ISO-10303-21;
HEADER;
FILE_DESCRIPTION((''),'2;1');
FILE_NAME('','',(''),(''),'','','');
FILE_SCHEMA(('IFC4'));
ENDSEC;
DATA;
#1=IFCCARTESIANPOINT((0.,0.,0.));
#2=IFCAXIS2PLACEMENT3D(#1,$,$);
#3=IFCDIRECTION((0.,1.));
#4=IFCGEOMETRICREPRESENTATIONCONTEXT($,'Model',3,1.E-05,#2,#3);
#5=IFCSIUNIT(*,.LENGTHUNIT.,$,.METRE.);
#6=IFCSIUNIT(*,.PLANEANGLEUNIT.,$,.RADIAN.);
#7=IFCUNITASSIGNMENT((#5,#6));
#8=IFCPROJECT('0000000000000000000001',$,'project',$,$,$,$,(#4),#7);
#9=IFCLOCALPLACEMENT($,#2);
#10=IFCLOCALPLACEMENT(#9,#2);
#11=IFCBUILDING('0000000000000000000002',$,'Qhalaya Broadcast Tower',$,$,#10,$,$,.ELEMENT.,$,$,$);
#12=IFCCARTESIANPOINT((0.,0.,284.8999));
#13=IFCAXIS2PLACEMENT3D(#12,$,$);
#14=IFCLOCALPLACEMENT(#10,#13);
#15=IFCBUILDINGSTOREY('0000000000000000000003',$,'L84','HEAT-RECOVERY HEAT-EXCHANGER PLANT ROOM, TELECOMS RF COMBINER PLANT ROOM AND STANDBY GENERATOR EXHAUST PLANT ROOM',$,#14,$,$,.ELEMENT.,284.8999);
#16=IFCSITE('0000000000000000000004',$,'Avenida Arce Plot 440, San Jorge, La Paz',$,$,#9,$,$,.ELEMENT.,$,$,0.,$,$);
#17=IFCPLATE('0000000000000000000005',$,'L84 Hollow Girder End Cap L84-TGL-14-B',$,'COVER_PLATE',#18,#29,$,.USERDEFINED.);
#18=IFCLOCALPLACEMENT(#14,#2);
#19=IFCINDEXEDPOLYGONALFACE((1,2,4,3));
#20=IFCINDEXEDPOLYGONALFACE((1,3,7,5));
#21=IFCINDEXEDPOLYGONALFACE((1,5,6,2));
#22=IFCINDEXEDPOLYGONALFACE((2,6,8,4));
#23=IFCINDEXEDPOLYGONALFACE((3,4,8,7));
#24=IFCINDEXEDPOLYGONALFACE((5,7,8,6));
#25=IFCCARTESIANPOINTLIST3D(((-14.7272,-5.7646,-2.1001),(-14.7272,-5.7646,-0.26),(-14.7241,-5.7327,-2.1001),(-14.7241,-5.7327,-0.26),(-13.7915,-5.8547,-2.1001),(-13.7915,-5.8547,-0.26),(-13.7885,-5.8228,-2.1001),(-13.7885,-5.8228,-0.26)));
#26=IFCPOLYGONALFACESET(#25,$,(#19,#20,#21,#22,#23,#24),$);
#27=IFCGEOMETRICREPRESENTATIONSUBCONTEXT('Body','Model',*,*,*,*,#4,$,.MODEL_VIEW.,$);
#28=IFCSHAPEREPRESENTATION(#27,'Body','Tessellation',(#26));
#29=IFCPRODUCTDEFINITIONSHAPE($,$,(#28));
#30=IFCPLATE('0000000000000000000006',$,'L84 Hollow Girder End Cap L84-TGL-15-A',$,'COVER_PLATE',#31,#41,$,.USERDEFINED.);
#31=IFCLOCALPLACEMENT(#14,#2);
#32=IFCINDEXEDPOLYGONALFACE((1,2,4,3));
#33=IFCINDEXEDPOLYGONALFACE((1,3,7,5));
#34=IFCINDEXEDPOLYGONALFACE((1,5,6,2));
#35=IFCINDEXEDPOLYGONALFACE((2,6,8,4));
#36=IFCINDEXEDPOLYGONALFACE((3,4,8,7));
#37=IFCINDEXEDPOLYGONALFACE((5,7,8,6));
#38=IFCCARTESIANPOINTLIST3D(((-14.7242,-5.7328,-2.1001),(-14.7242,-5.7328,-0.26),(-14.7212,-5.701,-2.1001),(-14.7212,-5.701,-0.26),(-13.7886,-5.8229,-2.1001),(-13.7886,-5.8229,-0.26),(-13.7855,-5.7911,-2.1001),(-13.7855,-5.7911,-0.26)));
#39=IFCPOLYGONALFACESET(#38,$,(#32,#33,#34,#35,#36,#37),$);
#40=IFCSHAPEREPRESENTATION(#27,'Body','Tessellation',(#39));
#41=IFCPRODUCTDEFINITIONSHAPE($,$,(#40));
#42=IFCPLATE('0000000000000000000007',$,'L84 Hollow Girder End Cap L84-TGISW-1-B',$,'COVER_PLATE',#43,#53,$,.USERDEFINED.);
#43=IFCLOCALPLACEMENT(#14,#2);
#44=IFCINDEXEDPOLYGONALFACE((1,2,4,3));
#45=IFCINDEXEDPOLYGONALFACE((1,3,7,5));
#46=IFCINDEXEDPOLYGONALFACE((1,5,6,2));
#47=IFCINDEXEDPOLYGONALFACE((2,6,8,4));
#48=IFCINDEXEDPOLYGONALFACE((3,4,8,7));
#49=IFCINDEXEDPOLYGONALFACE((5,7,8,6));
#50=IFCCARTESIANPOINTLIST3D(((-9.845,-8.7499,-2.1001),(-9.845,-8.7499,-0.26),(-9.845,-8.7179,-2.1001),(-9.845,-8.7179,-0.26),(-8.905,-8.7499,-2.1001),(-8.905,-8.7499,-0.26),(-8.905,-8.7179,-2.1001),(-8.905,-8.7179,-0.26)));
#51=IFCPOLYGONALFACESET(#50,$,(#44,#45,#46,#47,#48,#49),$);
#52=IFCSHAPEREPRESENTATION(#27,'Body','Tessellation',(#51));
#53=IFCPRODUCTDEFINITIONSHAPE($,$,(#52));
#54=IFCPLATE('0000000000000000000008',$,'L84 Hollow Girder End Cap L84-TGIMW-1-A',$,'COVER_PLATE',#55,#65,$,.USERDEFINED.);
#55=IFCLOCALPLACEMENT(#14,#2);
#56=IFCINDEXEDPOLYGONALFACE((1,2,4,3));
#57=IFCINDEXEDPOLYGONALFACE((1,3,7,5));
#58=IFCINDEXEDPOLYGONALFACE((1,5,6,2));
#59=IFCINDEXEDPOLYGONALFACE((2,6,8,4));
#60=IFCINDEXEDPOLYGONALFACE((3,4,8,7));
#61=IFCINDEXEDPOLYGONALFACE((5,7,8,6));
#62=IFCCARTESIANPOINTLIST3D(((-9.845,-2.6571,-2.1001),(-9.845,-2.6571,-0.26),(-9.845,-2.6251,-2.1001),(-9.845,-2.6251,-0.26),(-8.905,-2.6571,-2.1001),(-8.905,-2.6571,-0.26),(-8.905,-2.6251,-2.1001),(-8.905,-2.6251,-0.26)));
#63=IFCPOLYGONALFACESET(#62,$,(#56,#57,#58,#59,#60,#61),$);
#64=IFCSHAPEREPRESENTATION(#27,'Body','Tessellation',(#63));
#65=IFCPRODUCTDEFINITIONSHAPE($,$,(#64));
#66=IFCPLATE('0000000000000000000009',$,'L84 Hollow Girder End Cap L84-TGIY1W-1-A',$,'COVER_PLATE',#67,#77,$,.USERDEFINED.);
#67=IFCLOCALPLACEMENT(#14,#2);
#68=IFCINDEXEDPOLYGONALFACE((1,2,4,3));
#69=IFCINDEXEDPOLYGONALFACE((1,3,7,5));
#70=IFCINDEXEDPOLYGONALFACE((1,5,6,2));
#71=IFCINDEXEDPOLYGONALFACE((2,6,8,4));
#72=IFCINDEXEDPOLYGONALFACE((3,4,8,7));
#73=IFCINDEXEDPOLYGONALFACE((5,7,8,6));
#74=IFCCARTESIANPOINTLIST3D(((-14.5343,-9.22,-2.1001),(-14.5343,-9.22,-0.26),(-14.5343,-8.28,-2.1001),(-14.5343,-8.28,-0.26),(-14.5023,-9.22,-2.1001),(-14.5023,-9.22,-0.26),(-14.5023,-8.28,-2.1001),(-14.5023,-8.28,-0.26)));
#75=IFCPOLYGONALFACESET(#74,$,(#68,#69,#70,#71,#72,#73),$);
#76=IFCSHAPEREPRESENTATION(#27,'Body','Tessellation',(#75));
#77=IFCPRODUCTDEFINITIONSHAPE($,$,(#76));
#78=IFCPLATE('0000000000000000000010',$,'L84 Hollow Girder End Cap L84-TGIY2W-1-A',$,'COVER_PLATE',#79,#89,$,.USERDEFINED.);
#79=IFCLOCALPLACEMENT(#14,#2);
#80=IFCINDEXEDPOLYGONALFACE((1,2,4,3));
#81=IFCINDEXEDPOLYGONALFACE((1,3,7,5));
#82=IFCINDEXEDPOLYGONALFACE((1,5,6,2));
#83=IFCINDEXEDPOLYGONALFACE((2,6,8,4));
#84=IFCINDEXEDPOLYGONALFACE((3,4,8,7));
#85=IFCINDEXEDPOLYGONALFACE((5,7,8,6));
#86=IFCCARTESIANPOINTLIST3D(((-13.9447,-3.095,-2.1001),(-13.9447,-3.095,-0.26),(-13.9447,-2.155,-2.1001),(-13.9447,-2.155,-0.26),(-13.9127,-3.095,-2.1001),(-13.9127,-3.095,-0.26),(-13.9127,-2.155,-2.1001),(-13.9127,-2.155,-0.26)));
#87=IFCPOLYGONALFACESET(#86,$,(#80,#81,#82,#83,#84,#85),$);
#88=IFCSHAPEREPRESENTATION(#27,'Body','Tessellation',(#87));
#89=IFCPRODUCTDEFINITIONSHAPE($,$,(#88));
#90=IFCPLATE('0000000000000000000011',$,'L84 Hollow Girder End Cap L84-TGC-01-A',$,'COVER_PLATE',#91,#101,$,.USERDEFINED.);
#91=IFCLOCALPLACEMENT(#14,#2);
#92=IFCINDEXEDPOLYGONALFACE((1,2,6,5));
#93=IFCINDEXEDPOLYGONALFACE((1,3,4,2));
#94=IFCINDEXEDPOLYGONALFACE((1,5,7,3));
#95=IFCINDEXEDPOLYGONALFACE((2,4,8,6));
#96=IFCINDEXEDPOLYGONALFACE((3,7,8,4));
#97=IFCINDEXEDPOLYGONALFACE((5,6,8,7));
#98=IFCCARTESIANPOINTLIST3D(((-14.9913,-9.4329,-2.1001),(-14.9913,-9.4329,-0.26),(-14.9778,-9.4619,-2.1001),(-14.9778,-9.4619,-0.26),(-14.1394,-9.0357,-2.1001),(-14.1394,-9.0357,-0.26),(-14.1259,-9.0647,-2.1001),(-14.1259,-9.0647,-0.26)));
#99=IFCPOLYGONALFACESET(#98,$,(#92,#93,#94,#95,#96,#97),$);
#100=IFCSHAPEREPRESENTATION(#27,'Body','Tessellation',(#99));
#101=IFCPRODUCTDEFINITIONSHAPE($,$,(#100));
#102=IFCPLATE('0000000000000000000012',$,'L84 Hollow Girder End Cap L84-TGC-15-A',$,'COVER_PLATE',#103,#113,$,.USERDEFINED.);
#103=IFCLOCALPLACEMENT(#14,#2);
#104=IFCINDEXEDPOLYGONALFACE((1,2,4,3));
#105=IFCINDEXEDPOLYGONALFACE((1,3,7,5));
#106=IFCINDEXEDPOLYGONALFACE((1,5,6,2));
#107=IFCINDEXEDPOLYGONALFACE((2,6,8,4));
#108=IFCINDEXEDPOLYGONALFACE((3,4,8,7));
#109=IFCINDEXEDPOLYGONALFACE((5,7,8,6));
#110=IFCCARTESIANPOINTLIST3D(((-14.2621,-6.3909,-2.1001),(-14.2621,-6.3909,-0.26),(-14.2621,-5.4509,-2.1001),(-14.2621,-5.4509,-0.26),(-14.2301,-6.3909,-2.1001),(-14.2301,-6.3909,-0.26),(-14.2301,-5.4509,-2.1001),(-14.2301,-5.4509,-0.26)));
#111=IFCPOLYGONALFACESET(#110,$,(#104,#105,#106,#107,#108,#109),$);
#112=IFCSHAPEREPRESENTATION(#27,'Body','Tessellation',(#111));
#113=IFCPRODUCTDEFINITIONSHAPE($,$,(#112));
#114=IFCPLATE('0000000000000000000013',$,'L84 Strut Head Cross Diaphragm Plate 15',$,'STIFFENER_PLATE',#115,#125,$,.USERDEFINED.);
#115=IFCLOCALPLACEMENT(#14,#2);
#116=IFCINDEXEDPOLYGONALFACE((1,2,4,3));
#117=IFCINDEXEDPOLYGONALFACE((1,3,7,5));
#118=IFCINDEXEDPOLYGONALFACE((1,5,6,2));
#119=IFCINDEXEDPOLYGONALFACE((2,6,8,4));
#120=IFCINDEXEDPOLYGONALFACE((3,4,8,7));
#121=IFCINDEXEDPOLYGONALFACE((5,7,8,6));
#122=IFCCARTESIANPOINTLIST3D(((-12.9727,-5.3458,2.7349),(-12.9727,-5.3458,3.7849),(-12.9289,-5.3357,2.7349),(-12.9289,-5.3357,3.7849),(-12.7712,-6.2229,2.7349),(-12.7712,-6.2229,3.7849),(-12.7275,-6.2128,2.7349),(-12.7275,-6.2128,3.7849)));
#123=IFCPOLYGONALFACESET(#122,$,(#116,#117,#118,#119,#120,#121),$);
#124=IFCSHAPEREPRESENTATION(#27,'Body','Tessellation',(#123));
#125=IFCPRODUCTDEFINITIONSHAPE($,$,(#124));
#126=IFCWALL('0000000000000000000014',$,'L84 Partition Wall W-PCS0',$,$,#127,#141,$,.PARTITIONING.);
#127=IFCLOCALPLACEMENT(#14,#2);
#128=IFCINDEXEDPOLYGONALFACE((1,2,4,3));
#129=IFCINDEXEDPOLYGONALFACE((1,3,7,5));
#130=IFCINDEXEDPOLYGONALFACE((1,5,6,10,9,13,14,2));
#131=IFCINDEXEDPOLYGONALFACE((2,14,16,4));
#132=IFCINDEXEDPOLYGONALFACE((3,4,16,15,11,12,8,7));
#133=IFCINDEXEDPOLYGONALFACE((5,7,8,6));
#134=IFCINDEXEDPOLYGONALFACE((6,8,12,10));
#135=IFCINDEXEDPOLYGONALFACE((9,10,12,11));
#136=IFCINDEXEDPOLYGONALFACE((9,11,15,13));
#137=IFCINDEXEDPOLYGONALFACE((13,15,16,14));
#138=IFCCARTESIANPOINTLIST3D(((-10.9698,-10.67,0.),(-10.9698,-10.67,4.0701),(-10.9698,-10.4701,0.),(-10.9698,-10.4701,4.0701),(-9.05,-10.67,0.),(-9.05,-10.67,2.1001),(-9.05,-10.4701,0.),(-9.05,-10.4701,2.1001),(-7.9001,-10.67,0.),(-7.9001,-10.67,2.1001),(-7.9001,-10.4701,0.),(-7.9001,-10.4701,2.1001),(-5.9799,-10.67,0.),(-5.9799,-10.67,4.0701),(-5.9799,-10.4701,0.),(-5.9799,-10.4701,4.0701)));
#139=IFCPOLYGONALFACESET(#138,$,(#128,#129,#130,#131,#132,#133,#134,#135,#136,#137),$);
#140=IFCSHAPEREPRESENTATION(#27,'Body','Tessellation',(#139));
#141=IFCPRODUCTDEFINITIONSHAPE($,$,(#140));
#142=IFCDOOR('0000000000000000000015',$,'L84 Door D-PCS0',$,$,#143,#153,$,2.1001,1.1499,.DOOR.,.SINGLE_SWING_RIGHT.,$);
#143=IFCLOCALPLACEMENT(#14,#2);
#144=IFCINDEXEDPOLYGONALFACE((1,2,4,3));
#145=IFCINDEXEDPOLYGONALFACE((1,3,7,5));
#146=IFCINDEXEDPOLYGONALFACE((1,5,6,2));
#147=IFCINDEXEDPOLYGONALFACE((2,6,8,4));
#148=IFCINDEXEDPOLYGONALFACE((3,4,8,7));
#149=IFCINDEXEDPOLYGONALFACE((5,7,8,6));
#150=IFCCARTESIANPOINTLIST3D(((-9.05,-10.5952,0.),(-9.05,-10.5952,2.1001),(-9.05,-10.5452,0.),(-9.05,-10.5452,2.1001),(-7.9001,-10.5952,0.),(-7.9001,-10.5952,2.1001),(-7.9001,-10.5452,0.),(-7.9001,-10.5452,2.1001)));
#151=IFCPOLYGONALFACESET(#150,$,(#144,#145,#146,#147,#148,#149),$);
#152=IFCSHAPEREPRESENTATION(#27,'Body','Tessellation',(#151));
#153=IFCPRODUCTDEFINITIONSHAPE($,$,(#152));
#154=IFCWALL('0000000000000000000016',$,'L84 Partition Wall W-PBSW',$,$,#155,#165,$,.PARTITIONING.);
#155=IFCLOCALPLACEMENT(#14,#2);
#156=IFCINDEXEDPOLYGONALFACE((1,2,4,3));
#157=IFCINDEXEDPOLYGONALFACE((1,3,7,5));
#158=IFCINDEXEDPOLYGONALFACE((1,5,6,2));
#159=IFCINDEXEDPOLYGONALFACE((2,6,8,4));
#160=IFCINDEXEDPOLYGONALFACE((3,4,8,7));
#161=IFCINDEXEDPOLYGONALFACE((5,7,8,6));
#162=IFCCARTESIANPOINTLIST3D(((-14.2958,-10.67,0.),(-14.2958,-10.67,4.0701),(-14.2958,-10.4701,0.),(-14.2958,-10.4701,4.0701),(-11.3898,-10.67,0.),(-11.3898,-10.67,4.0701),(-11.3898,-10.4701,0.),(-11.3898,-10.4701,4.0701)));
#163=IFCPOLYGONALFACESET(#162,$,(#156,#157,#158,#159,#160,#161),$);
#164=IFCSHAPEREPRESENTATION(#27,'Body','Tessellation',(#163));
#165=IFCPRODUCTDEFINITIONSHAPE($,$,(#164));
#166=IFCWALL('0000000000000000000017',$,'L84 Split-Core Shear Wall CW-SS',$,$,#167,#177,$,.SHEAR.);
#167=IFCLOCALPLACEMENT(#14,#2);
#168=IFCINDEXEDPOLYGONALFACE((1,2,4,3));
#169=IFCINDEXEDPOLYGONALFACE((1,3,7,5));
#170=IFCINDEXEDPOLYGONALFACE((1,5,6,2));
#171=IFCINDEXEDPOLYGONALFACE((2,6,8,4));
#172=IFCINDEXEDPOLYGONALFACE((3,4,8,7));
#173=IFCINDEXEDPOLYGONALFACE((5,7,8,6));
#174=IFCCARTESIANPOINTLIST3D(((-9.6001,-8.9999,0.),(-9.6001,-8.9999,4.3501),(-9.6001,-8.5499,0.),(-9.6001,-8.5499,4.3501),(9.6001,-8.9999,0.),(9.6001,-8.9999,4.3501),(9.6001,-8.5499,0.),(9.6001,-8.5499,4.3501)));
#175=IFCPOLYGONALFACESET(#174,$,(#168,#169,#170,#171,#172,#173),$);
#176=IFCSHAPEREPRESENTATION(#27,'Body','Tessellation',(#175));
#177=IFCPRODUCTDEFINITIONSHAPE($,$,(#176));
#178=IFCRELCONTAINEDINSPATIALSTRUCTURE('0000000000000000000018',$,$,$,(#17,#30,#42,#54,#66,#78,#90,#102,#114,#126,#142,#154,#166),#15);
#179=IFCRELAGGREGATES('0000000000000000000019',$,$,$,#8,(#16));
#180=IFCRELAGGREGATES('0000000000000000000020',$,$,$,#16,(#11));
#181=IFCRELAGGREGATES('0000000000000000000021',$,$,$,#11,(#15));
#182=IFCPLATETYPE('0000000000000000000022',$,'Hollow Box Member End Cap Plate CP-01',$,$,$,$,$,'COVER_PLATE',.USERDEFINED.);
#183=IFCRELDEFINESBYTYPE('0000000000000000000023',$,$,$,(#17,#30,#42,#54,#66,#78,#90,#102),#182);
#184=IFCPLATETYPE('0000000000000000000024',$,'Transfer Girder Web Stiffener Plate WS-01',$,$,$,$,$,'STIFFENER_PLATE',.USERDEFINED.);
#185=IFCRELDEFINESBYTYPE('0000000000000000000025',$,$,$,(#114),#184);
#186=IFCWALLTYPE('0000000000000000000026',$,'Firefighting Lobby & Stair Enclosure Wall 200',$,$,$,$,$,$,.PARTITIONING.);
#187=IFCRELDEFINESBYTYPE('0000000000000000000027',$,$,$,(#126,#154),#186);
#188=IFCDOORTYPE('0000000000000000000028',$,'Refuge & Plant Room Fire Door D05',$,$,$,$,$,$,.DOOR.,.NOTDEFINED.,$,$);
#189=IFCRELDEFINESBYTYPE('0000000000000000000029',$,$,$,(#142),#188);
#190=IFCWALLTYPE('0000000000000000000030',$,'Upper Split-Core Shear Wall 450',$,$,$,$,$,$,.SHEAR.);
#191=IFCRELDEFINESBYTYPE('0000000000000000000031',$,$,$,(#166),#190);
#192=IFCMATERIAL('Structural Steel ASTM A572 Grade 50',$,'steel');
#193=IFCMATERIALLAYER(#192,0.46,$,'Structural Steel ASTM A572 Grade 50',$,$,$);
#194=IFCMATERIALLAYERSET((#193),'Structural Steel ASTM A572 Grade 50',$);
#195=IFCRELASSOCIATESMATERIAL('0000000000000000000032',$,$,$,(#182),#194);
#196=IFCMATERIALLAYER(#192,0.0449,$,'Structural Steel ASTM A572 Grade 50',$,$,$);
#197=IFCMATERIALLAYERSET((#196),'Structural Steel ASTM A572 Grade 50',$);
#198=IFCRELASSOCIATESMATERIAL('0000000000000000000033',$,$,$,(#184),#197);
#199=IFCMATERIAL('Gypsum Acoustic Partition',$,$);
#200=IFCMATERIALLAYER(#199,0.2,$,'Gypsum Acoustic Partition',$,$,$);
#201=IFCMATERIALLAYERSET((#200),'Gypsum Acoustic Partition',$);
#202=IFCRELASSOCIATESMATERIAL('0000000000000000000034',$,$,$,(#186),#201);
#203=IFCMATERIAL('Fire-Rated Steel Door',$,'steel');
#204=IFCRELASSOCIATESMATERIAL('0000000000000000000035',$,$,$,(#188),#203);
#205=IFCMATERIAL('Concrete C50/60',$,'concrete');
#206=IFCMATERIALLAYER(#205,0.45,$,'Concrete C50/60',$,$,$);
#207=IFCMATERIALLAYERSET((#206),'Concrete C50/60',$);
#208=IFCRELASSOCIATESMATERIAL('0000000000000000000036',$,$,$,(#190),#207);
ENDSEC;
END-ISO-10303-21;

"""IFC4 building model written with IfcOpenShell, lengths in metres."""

from ifc_helpers import new_model, si_unit, direction, frame, frame_2d, origin, origin_2d, place, context, subcontext, project, spatial, rectangle, extrude, material, layer, layer_set, type_object, element, fill, save


model = new_model("IFC4")

# Units and contexts
model_context = context("Model", 3, precision=1e-05, world=origin(), true_north=direction((0.0, 1.0)))
body_context = subcontext(model_context, "Body", "Model", "MODEL_VIEW")
ifc_project = project(units=[si_unit("LENGTHUNIT", "METRE"), si_unit("PLANEANGLEUNIT", "RADIAN")], contexts=[model_context])

# Site, building, storey
site_placement = place(None, origin())
site = spatial("IfcSite", under=ifc_project, at=site_placement, Name="Avenida Arce Plot 440, San Jorge, La Paz", CompositionType="ELEMENT", RefElevation=0.0)
building_placement = place(site_placement, origin())
building = spatial("IfcBuilding", under=site, at=building_placement, Name="Qhalaya Broadcast Tower", CompositionType="ELEMENT")
storey_placement = place(building_placement, frame((0.0, 0.0, 284.8999)))
storey = spatial("IfcBuildingStorey", under=building, at=storey_placement, Name="L84", Description="HEAT-RECOVERY HEAT-EXCHANGER PLANT ROOM, TELECOMS RF COMBINER PLANT ROOM AND STANDBY GENERATOR EXHAUST PLANT ROOM", CompositionType="ELEMENT", Elevation=284.8999)

# Shared definitions
ifc_material_1 = material(Name="Concrete C50/60", Category="concrete")

# Shared definitions
ifc_material_2 = material(Name="Structural Steel ASTM A572 Grade 50", Category="steel")

# Plates
ifc_layer_1 = layer(ifc_material_2, 0.46, Name="Structural Steel ASTM A572 Grade 50")
ifc_layer_set_1 = layer_set([ifc_layer_1], Name="Structural Steel ASTM A572 Grade 50")
plate_type_1 = type_object("IfcPlateType", Name="Hollow Box Member End Cap Plate CP-01", ElementType="COVER_PLATE", PredefinedType="USERDEFINED", material=ifc_layer_set_1)
for number, where, z_axis, x_axis, name in (
    (1, (-14.2578, -5.7937, -2.1001), (0.0, 0.0, 1.0), (0.995396, -0.095846, 0.0), "L84 Hollow Girder End Cap L84-TGL-14-B"),
    (2, (-14.2549, -5.762, -2.1001), (0.0, 0.0, 1.0), (0.995396, -0.095846, 0.0), "L84 Hollow Girder End Cap L84-TGL-15-A"),
    (3, (-9.375, -8.7339, -2.1001), (0.0, 0.0, 1.0), (-1.0, 0.0, 0.0), "L84 Hollow Girder End Cap L84-TGISW-1-B"),
    (4, (-9.375, -2.6411, -2.1001), (0.0, 0.0, 1.0), (-1.0, 0.0, 0.0), "L84 Hollow Girder End Cap L84-TGIMW-1-A"),
    (5, (-14.5183, -8.75, -2.1001), (0.0, 0.0, 1.0), (0.0, 1.0, 0.0), "L84 Hollow Girder End Cap L84-TGIY1W-1-A"),
    (6, (-13.9287, -2.625, -2.1001), (0.0, 0.0, 1.0), (0.0, 1.0, 0.0), "L84 Hollow Girder End Cap L84-TGIY2W-1-A"),
    (7, (-14.5586, -9.2488, -2.1001), (0.0, 0.0, 1.0), (0.906308, 0.422618, 0.0), "L84 Hollow Girder End Cap L84-TGC-01-A"),
    (8, (-14.2461, -5.9209, -2.1001), (0.0, 0.0, 1.0), (0.0, 1.0, 0.0), "L84 Hollow Girder End Cap L84-TGC-15-A"),
):
    element("IfcPlate", number, at=place(storey_placement, frame(where, z_axis=z_axis, x_axis=x_axis)), inside=storey, type_object=plate_type_1, Name=name, ObjectType="COVER_PLATE", PredefinedType="USERDEFINED", context=body_context, shape_type="SweptSolid", body=[
        extrude(rectangle(XDim=0.9399, YDim=0.032, at=origin_2d()), origin(), (0.0, 0.0, 1.0), 1.8401),
    ])
ifc_layer_2 = layer(ifc_material_2, 0.0449, Name="Structural Steel ASTM A572 Grade 50")
ifc_layer_set_2 = layer_set([ifc_layer_2], Name="Structural Steel ASTM A572 Grade 50")
plate_type_2 = type_object("IfcPlateType", Name="Transfer Girder Web Stiffener Plate WS-01", ElementType="STIFFENER_PLATE", PredefinedType="USERDEFINED", material=ifc_layer_set_2)
plate_placement = place(storey_placement, frame((-12.8501, -5.7793, 2.7349), z_axis=(0.0, 0.0, 1.0), x_axis=(-0.223897, 0.974613, 0.0)))
element("IfcPlate", 9, at=plate_placement, inside=storey, type_object=plate_type_2, Name="L84 Strut Head Cross Diaphragm Plate 15", ObjectType="STIFFENER_PLATE", PredefinedType="USERDEFINED", context=body_context, shape_type="SweptSolid", body=[
    extrude(rectangle(XDim=0.8999, YDim=0.0449, at=origin_2d()), origin(), (0.0, 0.0, 1.0), 1.05),
])

# Wall, opening, door
ifc_material_3 = material(Name="Gypsum Acoustic Partition")
ifc_layer_3 = layer(ifc_material_3, 0.2, Name="Gypsum Acoustic Partition")
ifc_layer_set_3 = layer_set([ifc_layer_3], Name="Gypsum Acoustic Partition")
wall_type_1 = type_object("IfcWallType", Name="Firefighting Lobby & Stair Enclosure Wall 200", PredefinedType="PARTITIONING", material=ifc_layer_set_3)
wall_1_placement = place(storey_placement, frame((-10.97, -10.5701, 0.0), z_axis=(0.0, 0.0, 1.0), x_axis=(1.0, 0.0, 0.0)))
wall_1 = element("IfcWall", 10, at=wall_1_placement, inside=storey, type_object=wall_type_1, Name="L84 Partition Wall W-PCS0", PredefinedType="PARTITIONING", context=body_context, shape_type="SweptSolid", body=[
    extrude(rectangle(XDim=4.99, YDim=0.2, at=frame_2d((2.4951, 0.0))), origin(), (0.0, 0.0, 1.0), 4.0701),
])
opening_1_placement = place(wall_1_placement, frame((1.9199, 0.0, 0.0)))
opening_1 = element("IfcOpeningElement", 11, at=opening_1_placement, cuts=wall_1, PredefinedType="OPENING", context=body_context, shape_type="SweptSolid", body=[
    extrude(rectangle(XDim=1.1499, YDim=2.1001, at=frame_2d((0.575, 1.05))), frame((0.0, 0.1121, 0.0), z_axis=(0.0, -1.0, 0.0), x_axis=(1.0, 0.0, 0.0)), (0.0, 0.0, 1.0), 0.2239),
])
ifc_material_4 = material(Name="Fire-Rated Steel Door", Category="steel")
door_type_1 = type_object("IfcDoorType", Name="Refuge & Plant Room Fire Door D05", OperationType="NOTDEFINED", PredefinedType="DOOR", material=ifc_material_4)
door_1_placement = place(opening_1_placement, origin())
door_1 = element("IfcDoor", 12, at=door_1_placement, inside=storey, type_object=door_type_1, Name="L84 Door D-PCS0", OperationType="SINGLE_SWING_RIGHT", OverallHeight=2.1001, OverallWidth=1.1499, PredefinedType="DOOR", context=body_context, shape_type="SweptSolid", body=[
    extrude(rectangle(XDim=1.1499, YDim=2.1001, at=frame_2d((0.575, 1.05))), frame((0.0, 0.0249, 0.0), z_axis=(0.0, -1.0, 0.0), x_axis=(1.0, 0.0, 0.0)), (0.0, 0.0, 1.0), 0.05),
])
fill(opening_1, door_1)

# Walls
wall_2_placement = place(storey_placement, frame((-14.2959, -10.5701, 0.0), z_axis=(0.0, 0.0, 1.0), x_axis=(1.0, 0.0, 0.0)))
element("IfcWall", 13, at=wall_2_placement, inside=storey, type_object=wall_type_1, Name="L84 Partition Wall W-PBSW", PredefinedType="PARTITIONING", context=body_context, shape_type="SweptSolid", body=[
    extrude(rectangle(XDim=2.906, YDim=0.2, at=frame_2d((1.4531, 0.0))), origin(), (0.0, 0.0, 1.0), 4.0701),
])
ifc_layer_4 = layer(ifc_material_1, 0.45, Name="Concrete C50/60")
ifc_layer_set_4 = layer_set([ifc_layer_4], Name="Concrete C50/60")
wall_type_2 = type_object("IfcWallType", Name="Upper Split-Core Shear Wall 450", PredefinedType="SHEAR", material=ifc_layer_set_4)
wall_3_placement = place(storey_placement, frame((-9.6001, -8.7749, 0.0), z_axis=(0.0, 0.0, 1.0), x_axis=(1.0, 0.0, 0.0)))
element("IfcWall", 14, at=wall_3_placement, inside=storey, type_object=wall_type_2, Name="L84 Split-Core Shear Wall CW-SS", PredefinedType="SHEAR", context=body_context, shape_type="SweptSolid", body=[
    extrude(rectangle(XDim=19.2002, YDim=0.45, at=frame_2d((9.6001, 0.0))), origin(), (0.0, 0.0, 1.0), 4.3501),
])

save(model, "model.ifc")
